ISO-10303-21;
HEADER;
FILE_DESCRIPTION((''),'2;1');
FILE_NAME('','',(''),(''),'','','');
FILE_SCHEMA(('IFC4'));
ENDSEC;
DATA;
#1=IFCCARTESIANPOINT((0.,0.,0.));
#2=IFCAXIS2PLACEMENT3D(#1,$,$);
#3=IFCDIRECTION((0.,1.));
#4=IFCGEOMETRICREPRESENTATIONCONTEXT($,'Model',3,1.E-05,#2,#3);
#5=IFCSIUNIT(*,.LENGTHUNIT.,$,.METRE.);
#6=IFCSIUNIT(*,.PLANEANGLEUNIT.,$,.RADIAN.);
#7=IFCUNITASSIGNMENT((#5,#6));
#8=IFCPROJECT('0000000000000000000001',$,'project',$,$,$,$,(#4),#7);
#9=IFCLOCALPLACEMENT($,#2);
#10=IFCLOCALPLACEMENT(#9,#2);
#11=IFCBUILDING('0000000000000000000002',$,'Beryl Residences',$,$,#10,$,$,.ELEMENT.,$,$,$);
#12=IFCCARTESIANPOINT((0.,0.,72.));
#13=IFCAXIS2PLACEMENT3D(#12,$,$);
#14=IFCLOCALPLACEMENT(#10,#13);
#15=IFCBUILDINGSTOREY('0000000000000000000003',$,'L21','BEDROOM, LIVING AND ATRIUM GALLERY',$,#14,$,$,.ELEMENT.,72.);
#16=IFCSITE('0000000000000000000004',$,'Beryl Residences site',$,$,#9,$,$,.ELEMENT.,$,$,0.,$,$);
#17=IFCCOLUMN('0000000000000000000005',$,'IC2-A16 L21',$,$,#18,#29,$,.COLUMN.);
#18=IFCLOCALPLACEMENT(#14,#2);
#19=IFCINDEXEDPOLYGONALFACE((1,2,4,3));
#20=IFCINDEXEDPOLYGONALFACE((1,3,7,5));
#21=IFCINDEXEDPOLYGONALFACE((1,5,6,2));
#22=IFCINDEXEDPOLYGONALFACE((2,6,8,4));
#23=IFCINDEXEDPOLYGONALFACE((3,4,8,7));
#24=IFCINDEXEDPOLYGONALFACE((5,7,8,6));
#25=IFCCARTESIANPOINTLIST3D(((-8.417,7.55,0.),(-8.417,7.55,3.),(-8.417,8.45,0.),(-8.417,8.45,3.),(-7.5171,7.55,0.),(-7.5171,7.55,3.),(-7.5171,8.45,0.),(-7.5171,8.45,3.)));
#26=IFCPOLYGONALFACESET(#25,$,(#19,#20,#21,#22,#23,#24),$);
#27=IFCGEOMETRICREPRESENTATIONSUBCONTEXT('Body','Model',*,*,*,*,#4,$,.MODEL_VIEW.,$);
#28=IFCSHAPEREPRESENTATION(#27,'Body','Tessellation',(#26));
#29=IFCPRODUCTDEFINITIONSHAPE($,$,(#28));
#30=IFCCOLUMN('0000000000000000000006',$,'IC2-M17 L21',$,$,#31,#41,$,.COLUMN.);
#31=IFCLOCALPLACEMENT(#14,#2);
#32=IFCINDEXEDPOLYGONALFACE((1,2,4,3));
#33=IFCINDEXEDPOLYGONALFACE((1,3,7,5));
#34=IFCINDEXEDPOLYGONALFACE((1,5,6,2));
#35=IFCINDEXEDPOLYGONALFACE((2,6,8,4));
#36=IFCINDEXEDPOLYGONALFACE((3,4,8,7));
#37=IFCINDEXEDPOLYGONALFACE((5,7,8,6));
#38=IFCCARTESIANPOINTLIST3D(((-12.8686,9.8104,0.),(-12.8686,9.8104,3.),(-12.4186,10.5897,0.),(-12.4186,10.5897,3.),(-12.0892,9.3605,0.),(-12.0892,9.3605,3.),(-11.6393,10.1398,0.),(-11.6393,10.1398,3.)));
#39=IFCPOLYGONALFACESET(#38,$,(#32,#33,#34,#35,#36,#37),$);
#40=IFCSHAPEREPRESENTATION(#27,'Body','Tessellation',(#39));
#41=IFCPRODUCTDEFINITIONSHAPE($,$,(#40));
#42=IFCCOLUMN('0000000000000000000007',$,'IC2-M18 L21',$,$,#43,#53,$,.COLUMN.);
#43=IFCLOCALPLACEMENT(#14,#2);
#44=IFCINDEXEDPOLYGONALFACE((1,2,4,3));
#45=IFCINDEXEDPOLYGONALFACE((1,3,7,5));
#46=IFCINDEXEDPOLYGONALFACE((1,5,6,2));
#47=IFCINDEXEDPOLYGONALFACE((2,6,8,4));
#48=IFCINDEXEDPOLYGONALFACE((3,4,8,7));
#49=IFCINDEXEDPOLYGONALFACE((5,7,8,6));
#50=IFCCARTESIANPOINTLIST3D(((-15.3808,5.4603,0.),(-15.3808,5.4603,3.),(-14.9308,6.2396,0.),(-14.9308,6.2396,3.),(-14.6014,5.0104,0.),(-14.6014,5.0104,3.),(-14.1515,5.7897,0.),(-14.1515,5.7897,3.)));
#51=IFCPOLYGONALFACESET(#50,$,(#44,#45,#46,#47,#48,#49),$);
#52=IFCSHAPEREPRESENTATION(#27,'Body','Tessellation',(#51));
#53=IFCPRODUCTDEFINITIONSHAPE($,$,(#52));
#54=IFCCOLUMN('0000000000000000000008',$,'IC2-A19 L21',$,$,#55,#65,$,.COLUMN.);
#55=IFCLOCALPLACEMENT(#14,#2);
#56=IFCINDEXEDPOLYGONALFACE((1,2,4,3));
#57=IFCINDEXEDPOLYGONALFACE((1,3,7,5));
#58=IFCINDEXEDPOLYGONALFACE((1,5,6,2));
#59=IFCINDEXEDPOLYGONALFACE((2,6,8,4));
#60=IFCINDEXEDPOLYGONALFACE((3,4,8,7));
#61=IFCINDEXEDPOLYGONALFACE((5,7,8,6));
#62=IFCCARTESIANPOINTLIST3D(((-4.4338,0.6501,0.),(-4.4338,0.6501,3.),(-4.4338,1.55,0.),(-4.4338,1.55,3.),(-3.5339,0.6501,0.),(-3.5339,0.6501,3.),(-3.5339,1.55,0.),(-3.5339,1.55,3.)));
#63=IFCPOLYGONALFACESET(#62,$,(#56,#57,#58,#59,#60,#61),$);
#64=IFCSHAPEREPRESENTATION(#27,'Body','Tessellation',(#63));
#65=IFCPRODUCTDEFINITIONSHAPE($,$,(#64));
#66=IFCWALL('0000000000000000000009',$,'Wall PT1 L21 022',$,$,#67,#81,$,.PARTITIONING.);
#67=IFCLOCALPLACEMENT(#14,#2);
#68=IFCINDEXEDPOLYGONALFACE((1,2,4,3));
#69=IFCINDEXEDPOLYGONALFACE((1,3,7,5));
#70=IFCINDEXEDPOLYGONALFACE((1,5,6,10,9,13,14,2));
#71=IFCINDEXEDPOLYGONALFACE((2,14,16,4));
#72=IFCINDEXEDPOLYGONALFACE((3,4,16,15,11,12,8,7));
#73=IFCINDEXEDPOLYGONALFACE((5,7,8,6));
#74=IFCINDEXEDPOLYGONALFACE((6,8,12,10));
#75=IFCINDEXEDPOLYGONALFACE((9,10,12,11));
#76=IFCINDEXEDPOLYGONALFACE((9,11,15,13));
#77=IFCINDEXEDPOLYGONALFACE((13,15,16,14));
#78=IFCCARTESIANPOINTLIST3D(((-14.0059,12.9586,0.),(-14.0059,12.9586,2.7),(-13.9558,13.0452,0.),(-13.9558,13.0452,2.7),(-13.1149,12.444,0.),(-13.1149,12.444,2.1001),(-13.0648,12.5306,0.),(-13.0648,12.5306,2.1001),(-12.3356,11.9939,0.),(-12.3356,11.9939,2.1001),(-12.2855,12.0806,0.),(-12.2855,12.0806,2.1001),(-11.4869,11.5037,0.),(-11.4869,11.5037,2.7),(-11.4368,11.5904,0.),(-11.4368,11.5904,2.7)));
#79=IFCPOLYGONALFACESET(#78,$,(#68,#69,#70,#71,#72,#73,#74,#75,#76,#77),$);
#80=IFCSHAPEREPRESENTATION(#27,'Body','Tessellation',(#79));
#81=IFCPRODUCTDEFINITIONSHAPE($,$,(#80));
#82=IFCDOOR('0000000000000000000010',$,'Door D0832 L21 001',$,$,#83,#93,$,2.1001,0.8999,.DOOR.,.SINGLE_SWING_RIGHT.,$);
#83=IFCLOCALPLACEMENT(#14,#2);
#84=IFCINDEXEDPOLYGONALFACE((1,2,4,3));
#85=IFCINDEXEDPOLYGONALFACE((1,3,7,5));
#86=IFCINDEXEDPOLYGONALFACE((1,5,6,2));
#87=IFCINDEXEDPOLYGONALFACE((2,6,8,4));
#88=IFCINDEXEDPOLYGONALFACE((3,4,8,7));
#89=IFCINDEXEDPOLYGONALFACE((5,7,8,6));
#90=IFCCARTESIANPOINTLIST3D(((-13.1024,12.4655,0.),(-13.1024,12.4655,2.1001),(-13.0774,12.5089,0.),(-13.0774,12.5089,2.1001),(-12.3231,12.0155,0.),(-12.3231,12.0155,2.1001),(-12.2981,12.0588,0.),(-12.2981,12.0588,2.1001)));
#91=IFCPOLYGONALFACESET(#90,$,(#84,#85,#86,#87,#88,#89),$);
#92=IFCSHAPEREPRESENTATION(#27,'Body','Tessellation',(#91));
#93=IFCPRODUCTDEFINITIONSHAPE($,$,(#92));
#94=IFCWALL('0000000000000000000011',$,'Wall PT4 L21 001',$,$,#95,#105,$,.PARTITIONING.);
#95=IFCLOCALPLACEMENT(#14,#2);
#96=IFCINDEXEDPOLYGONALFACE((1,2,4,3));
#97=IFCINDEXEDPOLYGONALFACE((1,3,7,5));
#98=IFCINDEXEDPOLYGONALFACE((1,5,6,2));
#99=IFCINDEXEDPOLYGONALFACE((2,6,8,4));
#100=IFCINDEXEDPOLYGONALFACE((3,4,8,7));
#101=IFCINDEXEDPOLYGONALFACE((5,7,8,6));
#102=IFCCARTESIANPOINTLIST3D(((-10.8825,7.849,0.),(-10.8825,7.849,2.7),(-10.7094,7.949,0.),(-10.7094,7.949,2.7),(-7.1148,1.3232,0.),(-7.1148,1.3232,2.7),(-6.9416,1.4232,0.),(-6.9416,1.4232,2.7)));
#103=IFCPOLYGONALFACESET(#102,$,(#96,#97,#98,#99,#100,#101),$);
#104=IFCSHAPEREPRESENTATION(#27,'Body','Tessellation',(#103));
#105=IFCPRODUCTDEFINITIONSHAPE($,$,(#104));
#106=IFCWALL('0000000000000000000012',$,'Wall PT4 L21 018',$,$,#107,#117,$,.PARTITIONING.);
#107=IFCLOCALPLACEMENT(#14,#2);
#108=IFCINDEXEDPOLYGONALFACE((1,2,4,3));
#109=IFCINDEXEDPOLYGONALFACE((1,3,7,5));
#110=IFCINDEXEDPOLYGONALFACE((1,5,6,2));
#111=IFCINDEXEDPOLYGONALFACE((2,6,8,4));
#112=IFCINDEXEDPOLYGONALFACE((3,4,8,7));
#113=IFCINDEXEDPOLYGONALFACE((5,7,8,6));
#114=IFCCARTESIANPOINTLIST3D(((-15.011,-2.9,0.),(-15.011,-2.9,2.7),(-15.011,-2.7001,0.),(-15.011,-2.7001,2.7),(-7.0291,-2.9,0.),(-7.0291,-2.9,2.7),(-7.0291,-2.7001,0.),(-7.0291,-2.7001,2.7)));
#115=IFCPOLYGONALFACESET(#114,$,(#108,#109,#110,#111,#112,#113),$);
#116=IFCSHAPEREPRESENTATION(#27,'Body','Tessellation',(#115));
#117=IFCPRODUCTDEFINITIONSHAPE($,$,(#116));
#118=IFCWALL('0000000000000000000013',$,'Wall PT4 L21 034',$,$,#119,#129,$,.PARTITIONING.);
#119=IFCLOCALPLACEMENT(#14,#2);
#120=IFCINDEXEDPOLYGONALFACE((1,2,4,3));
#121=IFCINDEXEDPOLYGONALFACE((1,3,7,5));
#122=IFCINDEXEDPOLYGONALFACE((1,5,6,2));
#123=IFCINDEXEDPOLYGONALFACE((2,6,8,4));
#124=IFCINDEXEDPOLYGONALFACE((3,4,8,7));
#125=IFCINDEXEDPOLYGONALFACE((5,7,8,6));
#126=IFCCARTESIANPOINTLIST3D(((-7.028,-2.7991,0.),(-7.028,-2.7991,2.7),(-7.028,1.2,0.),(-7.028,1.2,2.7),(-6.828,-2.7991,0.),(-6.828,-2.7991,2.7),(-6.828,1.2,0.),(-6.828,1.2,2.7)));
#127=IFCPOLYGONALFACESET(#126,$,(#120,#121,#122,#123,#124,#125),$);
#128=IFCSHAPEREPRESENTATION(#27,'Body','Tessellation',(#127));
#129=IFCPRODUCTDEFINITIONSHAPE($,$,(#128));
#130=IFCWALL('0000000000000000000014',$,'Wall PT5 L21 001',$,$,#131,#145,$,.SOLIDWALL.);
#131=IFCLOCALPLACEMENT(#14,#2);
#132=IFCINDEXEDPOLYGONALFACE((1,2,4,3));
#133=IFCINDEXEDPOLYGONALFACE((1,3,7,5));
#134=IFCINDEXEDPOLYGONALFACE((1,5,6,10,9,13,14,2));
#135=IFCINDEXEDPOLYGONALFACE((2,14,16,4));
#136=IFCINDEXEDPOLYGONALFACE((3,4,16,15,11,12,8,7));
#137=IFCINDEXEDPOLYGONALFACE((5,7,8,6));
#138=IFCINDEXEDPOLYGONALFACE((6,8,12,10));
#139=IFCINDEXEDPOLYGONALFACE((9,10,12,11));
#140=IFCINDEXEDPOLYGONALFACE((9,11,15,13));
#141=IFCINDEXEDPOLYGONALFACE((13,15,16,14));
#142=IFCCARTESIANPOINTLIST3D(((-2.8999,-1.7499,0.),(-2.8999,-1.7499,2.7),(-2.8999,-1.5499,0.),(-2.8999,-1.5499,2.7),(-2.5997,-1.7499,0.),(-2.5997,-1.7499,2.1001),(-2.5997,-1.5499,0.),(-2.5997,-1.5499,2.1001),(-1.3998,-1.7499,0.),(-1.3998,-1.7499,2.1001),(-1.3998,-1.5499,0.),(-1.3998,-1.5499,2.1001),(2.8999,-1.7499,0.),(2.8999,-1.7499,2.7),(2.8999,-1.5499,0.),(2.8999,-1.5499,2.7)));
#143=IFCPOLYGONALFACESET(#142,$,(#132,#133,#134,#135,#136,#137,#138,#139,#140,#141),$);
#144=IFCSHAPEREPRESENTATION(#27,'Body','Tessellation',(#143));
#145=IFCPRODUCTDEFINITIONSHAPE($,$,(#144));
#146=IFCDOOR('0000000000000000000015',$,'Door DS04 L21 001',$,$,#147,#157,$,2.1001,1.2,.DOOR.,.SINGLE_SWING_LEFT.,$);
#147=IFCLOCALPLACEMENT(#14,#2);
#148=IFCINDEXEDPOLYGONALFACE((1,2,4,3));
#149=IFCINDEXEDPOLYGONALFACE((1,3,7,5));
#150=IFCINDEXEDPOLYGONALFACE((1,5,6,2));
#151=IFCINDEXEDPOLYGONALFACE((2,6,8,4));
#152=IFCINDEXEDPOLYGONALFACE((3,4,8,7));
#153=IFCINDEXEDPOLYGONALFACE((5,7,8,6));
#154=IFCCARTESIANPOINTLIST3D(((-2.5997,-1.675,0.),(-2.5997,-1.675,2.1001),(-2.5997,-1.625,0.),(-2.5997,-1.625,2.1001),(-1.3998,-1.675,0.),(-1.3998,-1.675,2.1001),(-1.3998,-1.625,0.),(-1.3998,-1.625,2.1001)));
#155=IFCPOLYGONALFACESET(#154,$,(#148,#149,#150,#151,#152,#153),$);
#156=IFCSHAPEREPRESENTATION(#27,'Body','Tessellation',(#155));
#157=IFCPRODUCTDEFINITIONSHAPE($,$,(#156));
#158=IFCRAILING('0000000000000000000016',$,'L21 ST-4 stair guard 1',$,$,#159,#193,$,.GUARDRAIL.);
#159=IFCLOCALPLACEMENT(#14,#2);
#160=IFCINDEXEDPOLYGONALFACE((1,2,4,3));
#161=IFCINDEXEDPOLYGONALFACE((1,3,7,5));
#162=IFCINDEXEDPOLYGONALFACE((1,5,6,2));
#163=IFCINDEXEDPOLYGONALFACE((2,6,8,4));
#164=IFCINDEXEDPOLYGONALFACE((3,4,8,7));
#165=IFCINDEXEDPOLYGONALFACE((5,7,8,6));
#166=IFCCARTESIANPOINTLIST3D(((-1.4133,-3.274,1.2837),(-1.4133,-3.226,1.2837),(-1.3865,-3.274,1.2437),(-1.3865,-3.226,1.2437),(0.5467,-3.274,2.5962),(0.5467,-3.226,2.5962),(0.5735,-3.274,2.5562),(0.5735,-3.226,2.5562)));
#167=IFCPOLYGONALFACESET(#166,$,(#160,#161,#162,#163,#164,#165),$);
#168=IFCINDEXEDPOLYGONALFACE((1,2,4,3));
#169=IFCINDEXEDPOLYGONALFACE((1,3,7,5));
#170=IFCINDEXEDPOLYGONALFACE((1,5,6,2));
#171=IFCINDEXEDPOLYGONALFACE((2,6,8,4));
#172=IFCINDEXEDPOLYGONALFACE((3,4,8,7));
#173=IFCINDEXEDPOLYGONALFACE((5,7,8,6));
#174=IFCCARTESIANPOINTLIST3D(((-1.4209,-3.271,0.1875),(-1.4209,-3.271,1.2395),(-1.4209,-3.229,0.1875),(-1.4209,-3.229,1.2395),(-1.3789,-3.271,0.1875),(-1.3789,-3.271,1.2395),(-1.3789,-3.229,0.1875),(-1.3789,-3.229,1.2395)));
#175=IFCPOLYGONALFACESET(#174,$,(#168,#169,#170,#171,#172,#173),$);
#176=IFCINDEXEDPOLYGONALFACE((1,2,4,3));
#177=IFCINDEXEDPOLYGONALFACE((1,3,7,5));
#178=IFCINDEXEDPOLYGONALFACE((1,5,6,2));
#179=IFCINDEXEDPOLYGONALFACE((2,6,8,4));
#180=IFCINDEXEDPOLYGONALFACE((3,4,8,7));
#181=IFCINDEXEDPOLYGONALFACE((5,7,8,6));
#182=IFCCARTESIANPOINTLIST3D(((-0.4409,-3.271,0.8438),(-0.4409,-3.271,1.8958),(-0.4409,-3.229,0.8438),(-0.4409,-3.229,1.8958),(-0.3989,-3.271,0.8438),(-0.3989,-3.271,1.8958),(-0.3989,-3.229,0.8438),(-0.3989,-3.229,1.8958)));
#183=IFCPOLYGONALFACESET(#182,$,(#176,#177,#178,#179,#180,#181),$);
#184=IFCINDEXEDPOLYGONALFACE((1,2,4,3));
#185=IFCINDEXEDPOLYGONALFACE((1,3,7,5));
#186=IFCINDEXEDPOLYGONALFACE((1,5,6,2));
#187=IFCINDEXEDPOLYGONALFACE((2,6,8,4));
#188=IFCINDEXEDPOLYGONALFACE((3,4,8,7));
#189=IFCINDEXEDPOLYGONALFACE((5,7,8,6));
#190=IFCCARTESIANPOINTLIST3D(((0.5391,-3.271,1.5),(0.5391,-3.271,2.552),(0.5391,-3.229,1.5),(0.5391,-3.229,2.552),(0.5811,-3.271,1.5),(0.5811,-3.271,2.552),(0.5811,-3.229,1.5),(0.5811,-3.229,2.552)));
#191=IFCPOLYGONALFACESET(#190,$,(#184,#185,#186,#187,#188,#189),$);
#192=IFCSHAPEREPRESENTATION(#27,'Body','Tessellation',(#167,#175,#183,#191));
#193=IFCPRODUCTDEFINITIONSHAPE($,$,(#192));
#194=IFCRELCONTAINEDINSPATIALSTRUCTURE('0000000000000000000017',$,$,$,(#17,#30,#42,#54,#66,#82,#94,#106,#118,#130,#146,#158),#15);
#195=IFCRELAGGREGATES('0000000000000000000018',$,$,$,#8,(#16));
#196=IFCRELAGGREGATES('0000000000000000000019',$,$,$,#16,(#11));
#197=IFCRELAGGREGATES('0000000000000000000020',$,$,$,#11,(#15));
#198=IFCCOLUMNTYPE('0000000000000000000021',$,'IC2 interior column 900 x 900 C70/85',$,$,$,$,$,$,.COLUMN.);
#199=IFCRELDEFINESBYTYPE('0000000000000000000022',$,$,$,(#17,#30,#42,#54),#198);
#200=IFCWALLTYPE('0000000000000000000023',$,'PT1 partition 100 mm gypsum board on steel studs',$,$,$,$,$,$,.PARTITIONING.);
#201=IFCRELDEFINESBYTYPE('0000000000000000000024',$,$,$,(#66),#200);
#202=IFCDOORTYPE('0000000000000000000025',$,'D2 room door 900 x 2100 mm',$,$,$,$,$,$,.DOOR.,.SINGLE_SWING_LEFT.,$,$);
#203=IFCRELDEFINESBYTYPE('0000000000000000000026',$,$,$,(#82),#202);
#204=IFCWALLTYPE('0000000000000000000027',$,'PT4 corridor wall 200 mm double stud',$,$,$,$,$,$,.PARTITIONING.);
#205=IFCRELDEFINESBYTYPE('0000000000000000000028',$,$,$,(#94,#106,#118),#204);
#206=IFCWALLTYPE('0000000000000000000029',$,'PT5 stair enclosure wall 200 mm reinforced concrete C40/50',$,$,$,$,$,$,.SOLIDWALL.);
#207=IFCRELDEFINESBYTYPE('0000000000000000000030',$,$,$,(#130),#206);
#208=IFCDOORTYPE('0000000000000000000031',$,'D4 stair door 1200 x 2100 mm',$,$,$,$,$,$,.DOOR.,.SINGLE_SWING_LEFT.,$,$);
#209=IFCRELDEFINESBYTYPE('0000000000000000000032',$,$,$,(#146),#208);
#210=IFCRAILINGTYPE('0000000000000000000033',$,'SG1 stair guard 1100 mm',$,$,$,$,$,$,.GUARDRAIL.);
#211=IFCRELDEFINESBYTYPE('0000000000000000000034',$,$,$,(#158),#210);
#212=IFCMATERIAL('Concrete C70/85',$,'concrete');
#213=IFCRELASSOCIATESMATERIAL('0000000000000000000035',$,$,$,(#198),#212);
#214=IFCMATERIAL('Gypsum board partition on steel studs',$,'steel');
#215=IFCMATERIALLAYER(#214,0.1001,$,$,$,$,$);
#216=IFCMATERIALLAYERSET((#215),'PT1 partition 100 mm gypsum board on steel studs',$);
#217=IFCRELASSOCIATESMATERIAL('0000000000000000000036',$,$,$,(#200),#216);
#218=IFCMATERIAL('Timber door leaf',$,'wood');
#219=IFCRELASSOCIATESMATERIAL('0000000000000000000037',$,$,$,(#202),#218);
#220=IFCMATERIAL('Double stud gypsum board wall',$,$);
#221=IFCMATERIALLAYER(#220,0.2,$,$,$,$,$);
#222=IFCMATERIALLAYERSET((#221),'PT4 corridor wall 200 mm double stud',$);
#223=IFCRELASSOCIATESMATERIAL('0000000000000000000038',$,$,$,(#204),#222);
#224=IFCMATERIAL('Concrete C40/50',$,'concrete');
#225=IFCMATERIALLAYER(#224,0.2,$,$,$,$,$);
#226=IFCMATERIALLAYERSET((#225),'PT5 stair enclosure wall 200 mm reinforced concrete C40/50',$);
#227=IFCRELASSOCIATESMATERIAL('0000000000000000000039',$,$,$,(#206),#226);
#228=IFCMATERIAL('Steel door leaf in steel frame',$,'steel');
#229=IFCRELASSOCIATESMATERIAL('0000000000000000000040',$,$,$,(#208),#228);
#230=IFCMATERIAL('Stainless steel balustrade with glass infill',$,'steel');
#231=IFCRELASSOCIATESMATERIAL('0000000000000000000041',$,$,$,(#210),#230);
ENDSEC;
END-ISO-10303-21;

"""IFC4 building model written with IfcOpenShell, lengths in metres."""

from ifc_helpers import new_model, si_unit, direction, frame, frame_2d, origin, origin_2d, place, context, subcontext, project, spatial, rectangle, extrude, material, layer, layer_set, material_profile, profile_set, type_object, element, fill, save


model = new_model("IFC4")

# Units and contexts
model_context = context("Model", 3, precision=1e-05, world=origin(), true_north=direction((0.0, 1.0)))
body_context = subcontext(model_context, "Body", "Model", "MODEL_VIEW")
ifc_project = project(units=[si_unit("LENGTHUNIT", "METRE"), si_unit("PLANEANGLEUNIT", "RADIAN")], contexts=[model_context])

# Site, building, storey
site_placement = place(None, origin())
site = spatial("IfcSite", under=ifc_project, at=site_placement, Name="Beryl Residences site", CompositionType="ELEMENT", RefElevation=0.0)
building_placement = place(site_placement, origin())
building = spatial("IfcBuilding", under=site, at=building_placement, Name="Beryl Residences", CompositionType="ELEMENT")
storey_placement = place(building_placement, frame((0.0, 0.0, 72.0)))
storey = spatial("IfcBuildingStorey", under=building, at=storey_placement, Name="L21", Description="BEDROOM, LIVING AND ATRIUM GALLERY", CompositionType="ELEMENT", Elevation=72.0)

# Columns
ifc_material_1 = material(Name="Concrete C70/85", Category="concrete")
ifc_material_profile = material_profile(ifc_material_1, rectangle(XDim=0.8999, YDim=0.8999, at=origin_2d()))
ifc_profile_set = profile_set([ifc_material_profile], Name="Concrete C70/85")
column_type = type_object("IfcColumnType", Name="IC2 interior column 900 x 900 C70/85", PredefinedType="COLUMN", material=ifc_profile_set)
for number, where, z_axis, x_axis, name in (
    (1, (-7.967, 8.0, 0.0), (0.0, 0.0, 1.0), (1.0, 0.0, 0.0), "IC2-A16 L21"),
    (2, (-12.2539, 9.9751, 0.0), (0.0, 0.0, 1.0), (-0.5, -0.866025, 0.0), "IC2-M17 L21"),
    (3, (-14.7661, 5.625, 0.0), (0.0, 0.0, 1.0), (-0.5, -0.866025, 0.0), "IC2-M18 L21"),
    (4, (-3.9839, 1.1001, 0.0), (0.0, 0.0, 1.0), (1.0, 0.0, 0.0), "IC2-A19 L21"),
):
    element("IfcColumn", number, at=place(storey_placement, frame(where, z_axis=z_axis, x_axis=x_axis)), inside=storey, type_object=column_type, Name=name, PredefinedType="COLUMN", context=body_context, shape_type="SweptSolid", body=[
        extrude(rectangle(XDim=0.8999, YDim=0.8999, at=origin_2d()), origin(), (0.0, 0.0, 1.0), 3.0),
    ])

# Wall, opening, door
ifc_material_2 = material(Name="Gypsum board partition on steel studs", Category="steel")
ifc_layer_1 = layer(ifc_material_2, 0.1001)
ifc_layer_set_1 = layer_set([ifc_layer_1], Name="PT1 partition 100 mm gypsum board on steel studs")
wall_type_1 = type_object("IfcWallType", Name="PT1 partition 100 mm gypsum board on steel studs", PredefinedType="PARTITIONING", material=ifc_layer_set_1)
wall_1_placement = place(storey_placement, frame((-13.981, 13.002, 0.0), z_axis=(0.0, 0.0, 1.0), x_axis=(0.865956, -0.50012, 0.0)))
wall_1 = element("IfcWall", 5, at=wall_1_placement, inside=storey, type_object=wall_type_1, Name="Wall PT1 L21 022", PredefinedType="PARTITIONING", context=body_context, shape_type="SweptSolid", body=[
    extrude(rectangle(XDim=2.9089, YDim=0.1001, at=frame_2d((1.4546, 0.0))), origin(), (0.0, 0.0, 1.0), 2.7),
])
opening_1_placement = place(wall_1_placement, frame((1.0291, 0.0, 0.0)))
opening_1 = element("IfcOpeningElement", 6, at=opening_1_placement, cuts=wall_1, PredefinedType="OPENING", context=body_context, shape_type="SweptSolid", body=[
    extrude(rectangle(XDim=0.8999, YDim=2.1001, at=frame_2d((0.45, 1.05))), frame((0.0, 0.0601, 0.0), z_axis=(0.0, -1.0, 0.0), x_axis=(1.0, 0.0, 0.0)), (0.0, 0.0, 1.0), 0.1201),
])
ifc_material_3 = material(Name="Timber door leaf", Category="wood")
door_type_1 = type_object("IfcDoorType", Name="D2 room door 900 x 2100 mm", OperationType="SINGLE_SWING_LEFT", PredefinedType="DOOR", material=ifc_material_3)
door_1_placement = place(opening_1_placement, origin())
door_1 = element("IfcDoor", 7, at=door_1_placement, inside=storey, type_object=door_type_1, Name="Door D0832 L21 001", OperationType="SINGLE_SWING_RIGHT", OverallHeight=2.1001, OverallWidth=0.8999, PredefinedType="DOOR", context=body_context, shape_type="SweptSolid", body=[
    extrude(rectangle(XDim=0.8999, YDim=2.1001, at=frame_2d((0.45, 1.05))), frame((0.0, 0.0249, 0.0), z_axis=(0.0, -1.0, 0.0), x_axis=(1.0, 0.0, 0.0)), (0.0, 0.0, 1.0), 0.05),
])
fill(opening_1, door_1)

# Walls
ifc_material_4 = material(Name="Double stud gypsum board wall")
ifc_layer_2 = layer(ifc_material_4, 0.2)
ifc_layer_set_2 = layer_set([ifc_layer_2], Name="PT4 corridor wall 200 mm double stud")
wall_type_2 = type_object("IfcWallType", Name="PT4 corridor wall 200 mm double stud", PredefinedType="PARTITIONING", material=ifc_layer_set_2)
wall_2_placement = place(storey_placement, frame((-10.7959, 7.8989, 0.0), z_axis=(0.0, 0.0, 1.0), x_axis=(0.50001, -0.866019, 0.0)))
element("IfcWall", 8, at=wall_2_placement, inside=storey, type_object=wall_type_2, Name="Wall PT4 L21 001", PredefinedType="PARTITIONING", context=body_context, shape_type="SweptSolid", body=[
    extrude(rectangle(XDim=7.5354, YDim=0.2, at=frame_2d((3.7676, 0.0))), origin(), (0.0, 0.0, 1.0), 2.7),
])
wall_3_placement = place(storey_placement, frame((-15.011, -2.8, 0.0), z_axis=(0.0, 0.0, 1.0), x_axis=(1.0, 0.0, 0.0)))
element("IfcWall", 9, at=wall_3_placement, inside=storey, type_object=wall_type_2, Name="Wall PT4 L21 018", PredefinedType="PARTITIONING", context=body_context, shape_type="SweptSolid", body=[
    extrude(rectangle(XDim=7.9819, YDim=0.2, at=frame_2d((3.991, 0.0))), origin(), (0.0, 0.0, 1.0), 2.7),
])
wall_4_placement = place(storey_placement, frame((-6.928, -2.7991, 0.0), z_axis=(0.0, 0.0, 1.0), x_axis=(0.0, 1.0, 0.0)))
element("IfcWall", 10, at=wall_4_placement, inside=storey, type_object=wall_type_2, Name="Wall PT4 L21 034", PredefinedType="PARTITIONING", context=body_context, shape_type="SweptSolid", body=[
    extrude(rectangle(XDim=3.999, YDim=0.2, at=frame_2d((1.9995, 0.0))), origin(), (0.0, 0.0, 1.0), 2.7),
])

# Wall, opening, door
ifc_material_5 = material(Name="Concrete C40/50", Category="concrete")
ifc_layer_3 = layer(ifc_material_5, 0.2)
ifc_layer_set_3 = layer_set([ifc_layer_3], Name="PT5 stair enclosure wall 200 mm reinforced concrete C40/50")
wall_type_3 = type_object("IfcWallType", Name="PT5 stair enclosure wall 200 mm reinforced concrete C40/50", PredefinedType="SOLIDWALL", material=ifc_layer_set_3)
wall_5_placement = place(storey_placement, frame((-2.8999, -1.6499, 0.0), z_axis=(0.0, 0.0, 1.0), x_axis=(1.0, 0.0, 0.0)))
wall_5 = element("IfcWall", 11, at=wall_5_placement, inside=storey, type_object=wall_type_3, Name="Wall PT5 L21 001", PredefinedType="SOLIDWALL", context=body_context, shape_type="SweptSolid", body=[
    extrude(rectangle(XDim=5.7998, YDim=0.2, at=frame_2d((2.8999, 0.0))), origin(), (0.0, 0.0, 1.0), 2.7),
])
opening_2_placement = place(wall_5_placement, frame((0.3, 0.0, 0.0)))
opening_2 = element("IfcOpeningElement", 12, at=opening_2_placement, cuts=wall_5, PredefinedType="OPENING", context=body_context, shape_type="SweptSolid", body=[
    extrude(rectangle(XDim=1.2, YDim=2.1001, at=frame_2d((0.6001, 1.05))), frame((0.0, 0.1099, 0.0), z_axis=(0.0, -1.0, 0.0), x_axis=(1.0, 0.0, 0.0)), (0.0, 0.0, 1.0), 0.22),
])
ifc_material_6 = material(Name="Steel door leaf in steel frame", Category="steel")
door_type_2 = type_object("IfcDoorType", Name="D4 stair door 1200 x 2100 mm", OperationType="SINGLE_SWING_LEFT", PredefinedType="DOOR", material=ifc_material_6)
door_2_placement = place(opening_2_placement, origin())
door_2 = element("IfcDoor", 13, at=door_2_placement, inside=storey, type_object=door_type_2, Name="Door DS04 L21 001", OperationType="SINGLE_SWING_LEFT", OverallHeight=2.1001, OverallWidth=1.2, PredefinedType="DOOR", context=body_context, shape_type="SweptSolid", body=[
    extrude(rectangle(XDim=1.2, YDim=2.1001, at=frame_2d((0.6001, 1.05))), frame((0.0, 0.0249, 0.0), z_axis=(0.0, -1.0, 0.0), x_axis=(1.0, 0.0, 0.0)), (0.0, 0.0, 1.0), 0.05),
])
fill(opening_2, door_2)

# Railing
ifc_material_7 = material(Name="Stainless steel balustrade with glass infill", Category="steel")
railing_type_1 = type_object("IfcRailingType", Name="SG1 stair guard 1100 mm", PredefinedType="GUARDRAIL", material=ifc_material_7)
railing_1_placement = place(storey_placement, frame((-1.3999, -3.25, 0.1875)))
element("IfcRailing", 14, at=railing_1_placement, inside=storey, type_object=railing_type_1, Name="L21 ST-4 stair guard 1", PredefinedType="GUARDRAIL", context=body_context, shape_type="SweptSolid", body=[
    extrude(rectangle(XDim=0.0481, YDim=0.0481, at=origin_2d()), frame((0.0, 0.0, 1.0762), z_axis=(0.830902, 0.0, 0.556419), x_axis=(0.0, 1.0, 0.0)), (0.0, 0.0, 1.0), 2.3589),
    extrude(rectangle(XDim=0.042, YDim=0.042, at=origin_2d()), origin(), (0.0, 0.0, 1.0), 1.052),
    extrude(rectangle(XDim=0.042, YDim=0.042, at=origin_2d()), frame((0.98, 0.0, 0.6562)), (0.0, 0.0, 1.0), 1.052),
    extrude(rectangle(XDim=0.042, YDim=0.042, at=origin_2d()), frame((1.96, 0.0, 1.3125)), (0.0, 0.0, 1.0), 1.052),
])

save(model, "model.ifc")
